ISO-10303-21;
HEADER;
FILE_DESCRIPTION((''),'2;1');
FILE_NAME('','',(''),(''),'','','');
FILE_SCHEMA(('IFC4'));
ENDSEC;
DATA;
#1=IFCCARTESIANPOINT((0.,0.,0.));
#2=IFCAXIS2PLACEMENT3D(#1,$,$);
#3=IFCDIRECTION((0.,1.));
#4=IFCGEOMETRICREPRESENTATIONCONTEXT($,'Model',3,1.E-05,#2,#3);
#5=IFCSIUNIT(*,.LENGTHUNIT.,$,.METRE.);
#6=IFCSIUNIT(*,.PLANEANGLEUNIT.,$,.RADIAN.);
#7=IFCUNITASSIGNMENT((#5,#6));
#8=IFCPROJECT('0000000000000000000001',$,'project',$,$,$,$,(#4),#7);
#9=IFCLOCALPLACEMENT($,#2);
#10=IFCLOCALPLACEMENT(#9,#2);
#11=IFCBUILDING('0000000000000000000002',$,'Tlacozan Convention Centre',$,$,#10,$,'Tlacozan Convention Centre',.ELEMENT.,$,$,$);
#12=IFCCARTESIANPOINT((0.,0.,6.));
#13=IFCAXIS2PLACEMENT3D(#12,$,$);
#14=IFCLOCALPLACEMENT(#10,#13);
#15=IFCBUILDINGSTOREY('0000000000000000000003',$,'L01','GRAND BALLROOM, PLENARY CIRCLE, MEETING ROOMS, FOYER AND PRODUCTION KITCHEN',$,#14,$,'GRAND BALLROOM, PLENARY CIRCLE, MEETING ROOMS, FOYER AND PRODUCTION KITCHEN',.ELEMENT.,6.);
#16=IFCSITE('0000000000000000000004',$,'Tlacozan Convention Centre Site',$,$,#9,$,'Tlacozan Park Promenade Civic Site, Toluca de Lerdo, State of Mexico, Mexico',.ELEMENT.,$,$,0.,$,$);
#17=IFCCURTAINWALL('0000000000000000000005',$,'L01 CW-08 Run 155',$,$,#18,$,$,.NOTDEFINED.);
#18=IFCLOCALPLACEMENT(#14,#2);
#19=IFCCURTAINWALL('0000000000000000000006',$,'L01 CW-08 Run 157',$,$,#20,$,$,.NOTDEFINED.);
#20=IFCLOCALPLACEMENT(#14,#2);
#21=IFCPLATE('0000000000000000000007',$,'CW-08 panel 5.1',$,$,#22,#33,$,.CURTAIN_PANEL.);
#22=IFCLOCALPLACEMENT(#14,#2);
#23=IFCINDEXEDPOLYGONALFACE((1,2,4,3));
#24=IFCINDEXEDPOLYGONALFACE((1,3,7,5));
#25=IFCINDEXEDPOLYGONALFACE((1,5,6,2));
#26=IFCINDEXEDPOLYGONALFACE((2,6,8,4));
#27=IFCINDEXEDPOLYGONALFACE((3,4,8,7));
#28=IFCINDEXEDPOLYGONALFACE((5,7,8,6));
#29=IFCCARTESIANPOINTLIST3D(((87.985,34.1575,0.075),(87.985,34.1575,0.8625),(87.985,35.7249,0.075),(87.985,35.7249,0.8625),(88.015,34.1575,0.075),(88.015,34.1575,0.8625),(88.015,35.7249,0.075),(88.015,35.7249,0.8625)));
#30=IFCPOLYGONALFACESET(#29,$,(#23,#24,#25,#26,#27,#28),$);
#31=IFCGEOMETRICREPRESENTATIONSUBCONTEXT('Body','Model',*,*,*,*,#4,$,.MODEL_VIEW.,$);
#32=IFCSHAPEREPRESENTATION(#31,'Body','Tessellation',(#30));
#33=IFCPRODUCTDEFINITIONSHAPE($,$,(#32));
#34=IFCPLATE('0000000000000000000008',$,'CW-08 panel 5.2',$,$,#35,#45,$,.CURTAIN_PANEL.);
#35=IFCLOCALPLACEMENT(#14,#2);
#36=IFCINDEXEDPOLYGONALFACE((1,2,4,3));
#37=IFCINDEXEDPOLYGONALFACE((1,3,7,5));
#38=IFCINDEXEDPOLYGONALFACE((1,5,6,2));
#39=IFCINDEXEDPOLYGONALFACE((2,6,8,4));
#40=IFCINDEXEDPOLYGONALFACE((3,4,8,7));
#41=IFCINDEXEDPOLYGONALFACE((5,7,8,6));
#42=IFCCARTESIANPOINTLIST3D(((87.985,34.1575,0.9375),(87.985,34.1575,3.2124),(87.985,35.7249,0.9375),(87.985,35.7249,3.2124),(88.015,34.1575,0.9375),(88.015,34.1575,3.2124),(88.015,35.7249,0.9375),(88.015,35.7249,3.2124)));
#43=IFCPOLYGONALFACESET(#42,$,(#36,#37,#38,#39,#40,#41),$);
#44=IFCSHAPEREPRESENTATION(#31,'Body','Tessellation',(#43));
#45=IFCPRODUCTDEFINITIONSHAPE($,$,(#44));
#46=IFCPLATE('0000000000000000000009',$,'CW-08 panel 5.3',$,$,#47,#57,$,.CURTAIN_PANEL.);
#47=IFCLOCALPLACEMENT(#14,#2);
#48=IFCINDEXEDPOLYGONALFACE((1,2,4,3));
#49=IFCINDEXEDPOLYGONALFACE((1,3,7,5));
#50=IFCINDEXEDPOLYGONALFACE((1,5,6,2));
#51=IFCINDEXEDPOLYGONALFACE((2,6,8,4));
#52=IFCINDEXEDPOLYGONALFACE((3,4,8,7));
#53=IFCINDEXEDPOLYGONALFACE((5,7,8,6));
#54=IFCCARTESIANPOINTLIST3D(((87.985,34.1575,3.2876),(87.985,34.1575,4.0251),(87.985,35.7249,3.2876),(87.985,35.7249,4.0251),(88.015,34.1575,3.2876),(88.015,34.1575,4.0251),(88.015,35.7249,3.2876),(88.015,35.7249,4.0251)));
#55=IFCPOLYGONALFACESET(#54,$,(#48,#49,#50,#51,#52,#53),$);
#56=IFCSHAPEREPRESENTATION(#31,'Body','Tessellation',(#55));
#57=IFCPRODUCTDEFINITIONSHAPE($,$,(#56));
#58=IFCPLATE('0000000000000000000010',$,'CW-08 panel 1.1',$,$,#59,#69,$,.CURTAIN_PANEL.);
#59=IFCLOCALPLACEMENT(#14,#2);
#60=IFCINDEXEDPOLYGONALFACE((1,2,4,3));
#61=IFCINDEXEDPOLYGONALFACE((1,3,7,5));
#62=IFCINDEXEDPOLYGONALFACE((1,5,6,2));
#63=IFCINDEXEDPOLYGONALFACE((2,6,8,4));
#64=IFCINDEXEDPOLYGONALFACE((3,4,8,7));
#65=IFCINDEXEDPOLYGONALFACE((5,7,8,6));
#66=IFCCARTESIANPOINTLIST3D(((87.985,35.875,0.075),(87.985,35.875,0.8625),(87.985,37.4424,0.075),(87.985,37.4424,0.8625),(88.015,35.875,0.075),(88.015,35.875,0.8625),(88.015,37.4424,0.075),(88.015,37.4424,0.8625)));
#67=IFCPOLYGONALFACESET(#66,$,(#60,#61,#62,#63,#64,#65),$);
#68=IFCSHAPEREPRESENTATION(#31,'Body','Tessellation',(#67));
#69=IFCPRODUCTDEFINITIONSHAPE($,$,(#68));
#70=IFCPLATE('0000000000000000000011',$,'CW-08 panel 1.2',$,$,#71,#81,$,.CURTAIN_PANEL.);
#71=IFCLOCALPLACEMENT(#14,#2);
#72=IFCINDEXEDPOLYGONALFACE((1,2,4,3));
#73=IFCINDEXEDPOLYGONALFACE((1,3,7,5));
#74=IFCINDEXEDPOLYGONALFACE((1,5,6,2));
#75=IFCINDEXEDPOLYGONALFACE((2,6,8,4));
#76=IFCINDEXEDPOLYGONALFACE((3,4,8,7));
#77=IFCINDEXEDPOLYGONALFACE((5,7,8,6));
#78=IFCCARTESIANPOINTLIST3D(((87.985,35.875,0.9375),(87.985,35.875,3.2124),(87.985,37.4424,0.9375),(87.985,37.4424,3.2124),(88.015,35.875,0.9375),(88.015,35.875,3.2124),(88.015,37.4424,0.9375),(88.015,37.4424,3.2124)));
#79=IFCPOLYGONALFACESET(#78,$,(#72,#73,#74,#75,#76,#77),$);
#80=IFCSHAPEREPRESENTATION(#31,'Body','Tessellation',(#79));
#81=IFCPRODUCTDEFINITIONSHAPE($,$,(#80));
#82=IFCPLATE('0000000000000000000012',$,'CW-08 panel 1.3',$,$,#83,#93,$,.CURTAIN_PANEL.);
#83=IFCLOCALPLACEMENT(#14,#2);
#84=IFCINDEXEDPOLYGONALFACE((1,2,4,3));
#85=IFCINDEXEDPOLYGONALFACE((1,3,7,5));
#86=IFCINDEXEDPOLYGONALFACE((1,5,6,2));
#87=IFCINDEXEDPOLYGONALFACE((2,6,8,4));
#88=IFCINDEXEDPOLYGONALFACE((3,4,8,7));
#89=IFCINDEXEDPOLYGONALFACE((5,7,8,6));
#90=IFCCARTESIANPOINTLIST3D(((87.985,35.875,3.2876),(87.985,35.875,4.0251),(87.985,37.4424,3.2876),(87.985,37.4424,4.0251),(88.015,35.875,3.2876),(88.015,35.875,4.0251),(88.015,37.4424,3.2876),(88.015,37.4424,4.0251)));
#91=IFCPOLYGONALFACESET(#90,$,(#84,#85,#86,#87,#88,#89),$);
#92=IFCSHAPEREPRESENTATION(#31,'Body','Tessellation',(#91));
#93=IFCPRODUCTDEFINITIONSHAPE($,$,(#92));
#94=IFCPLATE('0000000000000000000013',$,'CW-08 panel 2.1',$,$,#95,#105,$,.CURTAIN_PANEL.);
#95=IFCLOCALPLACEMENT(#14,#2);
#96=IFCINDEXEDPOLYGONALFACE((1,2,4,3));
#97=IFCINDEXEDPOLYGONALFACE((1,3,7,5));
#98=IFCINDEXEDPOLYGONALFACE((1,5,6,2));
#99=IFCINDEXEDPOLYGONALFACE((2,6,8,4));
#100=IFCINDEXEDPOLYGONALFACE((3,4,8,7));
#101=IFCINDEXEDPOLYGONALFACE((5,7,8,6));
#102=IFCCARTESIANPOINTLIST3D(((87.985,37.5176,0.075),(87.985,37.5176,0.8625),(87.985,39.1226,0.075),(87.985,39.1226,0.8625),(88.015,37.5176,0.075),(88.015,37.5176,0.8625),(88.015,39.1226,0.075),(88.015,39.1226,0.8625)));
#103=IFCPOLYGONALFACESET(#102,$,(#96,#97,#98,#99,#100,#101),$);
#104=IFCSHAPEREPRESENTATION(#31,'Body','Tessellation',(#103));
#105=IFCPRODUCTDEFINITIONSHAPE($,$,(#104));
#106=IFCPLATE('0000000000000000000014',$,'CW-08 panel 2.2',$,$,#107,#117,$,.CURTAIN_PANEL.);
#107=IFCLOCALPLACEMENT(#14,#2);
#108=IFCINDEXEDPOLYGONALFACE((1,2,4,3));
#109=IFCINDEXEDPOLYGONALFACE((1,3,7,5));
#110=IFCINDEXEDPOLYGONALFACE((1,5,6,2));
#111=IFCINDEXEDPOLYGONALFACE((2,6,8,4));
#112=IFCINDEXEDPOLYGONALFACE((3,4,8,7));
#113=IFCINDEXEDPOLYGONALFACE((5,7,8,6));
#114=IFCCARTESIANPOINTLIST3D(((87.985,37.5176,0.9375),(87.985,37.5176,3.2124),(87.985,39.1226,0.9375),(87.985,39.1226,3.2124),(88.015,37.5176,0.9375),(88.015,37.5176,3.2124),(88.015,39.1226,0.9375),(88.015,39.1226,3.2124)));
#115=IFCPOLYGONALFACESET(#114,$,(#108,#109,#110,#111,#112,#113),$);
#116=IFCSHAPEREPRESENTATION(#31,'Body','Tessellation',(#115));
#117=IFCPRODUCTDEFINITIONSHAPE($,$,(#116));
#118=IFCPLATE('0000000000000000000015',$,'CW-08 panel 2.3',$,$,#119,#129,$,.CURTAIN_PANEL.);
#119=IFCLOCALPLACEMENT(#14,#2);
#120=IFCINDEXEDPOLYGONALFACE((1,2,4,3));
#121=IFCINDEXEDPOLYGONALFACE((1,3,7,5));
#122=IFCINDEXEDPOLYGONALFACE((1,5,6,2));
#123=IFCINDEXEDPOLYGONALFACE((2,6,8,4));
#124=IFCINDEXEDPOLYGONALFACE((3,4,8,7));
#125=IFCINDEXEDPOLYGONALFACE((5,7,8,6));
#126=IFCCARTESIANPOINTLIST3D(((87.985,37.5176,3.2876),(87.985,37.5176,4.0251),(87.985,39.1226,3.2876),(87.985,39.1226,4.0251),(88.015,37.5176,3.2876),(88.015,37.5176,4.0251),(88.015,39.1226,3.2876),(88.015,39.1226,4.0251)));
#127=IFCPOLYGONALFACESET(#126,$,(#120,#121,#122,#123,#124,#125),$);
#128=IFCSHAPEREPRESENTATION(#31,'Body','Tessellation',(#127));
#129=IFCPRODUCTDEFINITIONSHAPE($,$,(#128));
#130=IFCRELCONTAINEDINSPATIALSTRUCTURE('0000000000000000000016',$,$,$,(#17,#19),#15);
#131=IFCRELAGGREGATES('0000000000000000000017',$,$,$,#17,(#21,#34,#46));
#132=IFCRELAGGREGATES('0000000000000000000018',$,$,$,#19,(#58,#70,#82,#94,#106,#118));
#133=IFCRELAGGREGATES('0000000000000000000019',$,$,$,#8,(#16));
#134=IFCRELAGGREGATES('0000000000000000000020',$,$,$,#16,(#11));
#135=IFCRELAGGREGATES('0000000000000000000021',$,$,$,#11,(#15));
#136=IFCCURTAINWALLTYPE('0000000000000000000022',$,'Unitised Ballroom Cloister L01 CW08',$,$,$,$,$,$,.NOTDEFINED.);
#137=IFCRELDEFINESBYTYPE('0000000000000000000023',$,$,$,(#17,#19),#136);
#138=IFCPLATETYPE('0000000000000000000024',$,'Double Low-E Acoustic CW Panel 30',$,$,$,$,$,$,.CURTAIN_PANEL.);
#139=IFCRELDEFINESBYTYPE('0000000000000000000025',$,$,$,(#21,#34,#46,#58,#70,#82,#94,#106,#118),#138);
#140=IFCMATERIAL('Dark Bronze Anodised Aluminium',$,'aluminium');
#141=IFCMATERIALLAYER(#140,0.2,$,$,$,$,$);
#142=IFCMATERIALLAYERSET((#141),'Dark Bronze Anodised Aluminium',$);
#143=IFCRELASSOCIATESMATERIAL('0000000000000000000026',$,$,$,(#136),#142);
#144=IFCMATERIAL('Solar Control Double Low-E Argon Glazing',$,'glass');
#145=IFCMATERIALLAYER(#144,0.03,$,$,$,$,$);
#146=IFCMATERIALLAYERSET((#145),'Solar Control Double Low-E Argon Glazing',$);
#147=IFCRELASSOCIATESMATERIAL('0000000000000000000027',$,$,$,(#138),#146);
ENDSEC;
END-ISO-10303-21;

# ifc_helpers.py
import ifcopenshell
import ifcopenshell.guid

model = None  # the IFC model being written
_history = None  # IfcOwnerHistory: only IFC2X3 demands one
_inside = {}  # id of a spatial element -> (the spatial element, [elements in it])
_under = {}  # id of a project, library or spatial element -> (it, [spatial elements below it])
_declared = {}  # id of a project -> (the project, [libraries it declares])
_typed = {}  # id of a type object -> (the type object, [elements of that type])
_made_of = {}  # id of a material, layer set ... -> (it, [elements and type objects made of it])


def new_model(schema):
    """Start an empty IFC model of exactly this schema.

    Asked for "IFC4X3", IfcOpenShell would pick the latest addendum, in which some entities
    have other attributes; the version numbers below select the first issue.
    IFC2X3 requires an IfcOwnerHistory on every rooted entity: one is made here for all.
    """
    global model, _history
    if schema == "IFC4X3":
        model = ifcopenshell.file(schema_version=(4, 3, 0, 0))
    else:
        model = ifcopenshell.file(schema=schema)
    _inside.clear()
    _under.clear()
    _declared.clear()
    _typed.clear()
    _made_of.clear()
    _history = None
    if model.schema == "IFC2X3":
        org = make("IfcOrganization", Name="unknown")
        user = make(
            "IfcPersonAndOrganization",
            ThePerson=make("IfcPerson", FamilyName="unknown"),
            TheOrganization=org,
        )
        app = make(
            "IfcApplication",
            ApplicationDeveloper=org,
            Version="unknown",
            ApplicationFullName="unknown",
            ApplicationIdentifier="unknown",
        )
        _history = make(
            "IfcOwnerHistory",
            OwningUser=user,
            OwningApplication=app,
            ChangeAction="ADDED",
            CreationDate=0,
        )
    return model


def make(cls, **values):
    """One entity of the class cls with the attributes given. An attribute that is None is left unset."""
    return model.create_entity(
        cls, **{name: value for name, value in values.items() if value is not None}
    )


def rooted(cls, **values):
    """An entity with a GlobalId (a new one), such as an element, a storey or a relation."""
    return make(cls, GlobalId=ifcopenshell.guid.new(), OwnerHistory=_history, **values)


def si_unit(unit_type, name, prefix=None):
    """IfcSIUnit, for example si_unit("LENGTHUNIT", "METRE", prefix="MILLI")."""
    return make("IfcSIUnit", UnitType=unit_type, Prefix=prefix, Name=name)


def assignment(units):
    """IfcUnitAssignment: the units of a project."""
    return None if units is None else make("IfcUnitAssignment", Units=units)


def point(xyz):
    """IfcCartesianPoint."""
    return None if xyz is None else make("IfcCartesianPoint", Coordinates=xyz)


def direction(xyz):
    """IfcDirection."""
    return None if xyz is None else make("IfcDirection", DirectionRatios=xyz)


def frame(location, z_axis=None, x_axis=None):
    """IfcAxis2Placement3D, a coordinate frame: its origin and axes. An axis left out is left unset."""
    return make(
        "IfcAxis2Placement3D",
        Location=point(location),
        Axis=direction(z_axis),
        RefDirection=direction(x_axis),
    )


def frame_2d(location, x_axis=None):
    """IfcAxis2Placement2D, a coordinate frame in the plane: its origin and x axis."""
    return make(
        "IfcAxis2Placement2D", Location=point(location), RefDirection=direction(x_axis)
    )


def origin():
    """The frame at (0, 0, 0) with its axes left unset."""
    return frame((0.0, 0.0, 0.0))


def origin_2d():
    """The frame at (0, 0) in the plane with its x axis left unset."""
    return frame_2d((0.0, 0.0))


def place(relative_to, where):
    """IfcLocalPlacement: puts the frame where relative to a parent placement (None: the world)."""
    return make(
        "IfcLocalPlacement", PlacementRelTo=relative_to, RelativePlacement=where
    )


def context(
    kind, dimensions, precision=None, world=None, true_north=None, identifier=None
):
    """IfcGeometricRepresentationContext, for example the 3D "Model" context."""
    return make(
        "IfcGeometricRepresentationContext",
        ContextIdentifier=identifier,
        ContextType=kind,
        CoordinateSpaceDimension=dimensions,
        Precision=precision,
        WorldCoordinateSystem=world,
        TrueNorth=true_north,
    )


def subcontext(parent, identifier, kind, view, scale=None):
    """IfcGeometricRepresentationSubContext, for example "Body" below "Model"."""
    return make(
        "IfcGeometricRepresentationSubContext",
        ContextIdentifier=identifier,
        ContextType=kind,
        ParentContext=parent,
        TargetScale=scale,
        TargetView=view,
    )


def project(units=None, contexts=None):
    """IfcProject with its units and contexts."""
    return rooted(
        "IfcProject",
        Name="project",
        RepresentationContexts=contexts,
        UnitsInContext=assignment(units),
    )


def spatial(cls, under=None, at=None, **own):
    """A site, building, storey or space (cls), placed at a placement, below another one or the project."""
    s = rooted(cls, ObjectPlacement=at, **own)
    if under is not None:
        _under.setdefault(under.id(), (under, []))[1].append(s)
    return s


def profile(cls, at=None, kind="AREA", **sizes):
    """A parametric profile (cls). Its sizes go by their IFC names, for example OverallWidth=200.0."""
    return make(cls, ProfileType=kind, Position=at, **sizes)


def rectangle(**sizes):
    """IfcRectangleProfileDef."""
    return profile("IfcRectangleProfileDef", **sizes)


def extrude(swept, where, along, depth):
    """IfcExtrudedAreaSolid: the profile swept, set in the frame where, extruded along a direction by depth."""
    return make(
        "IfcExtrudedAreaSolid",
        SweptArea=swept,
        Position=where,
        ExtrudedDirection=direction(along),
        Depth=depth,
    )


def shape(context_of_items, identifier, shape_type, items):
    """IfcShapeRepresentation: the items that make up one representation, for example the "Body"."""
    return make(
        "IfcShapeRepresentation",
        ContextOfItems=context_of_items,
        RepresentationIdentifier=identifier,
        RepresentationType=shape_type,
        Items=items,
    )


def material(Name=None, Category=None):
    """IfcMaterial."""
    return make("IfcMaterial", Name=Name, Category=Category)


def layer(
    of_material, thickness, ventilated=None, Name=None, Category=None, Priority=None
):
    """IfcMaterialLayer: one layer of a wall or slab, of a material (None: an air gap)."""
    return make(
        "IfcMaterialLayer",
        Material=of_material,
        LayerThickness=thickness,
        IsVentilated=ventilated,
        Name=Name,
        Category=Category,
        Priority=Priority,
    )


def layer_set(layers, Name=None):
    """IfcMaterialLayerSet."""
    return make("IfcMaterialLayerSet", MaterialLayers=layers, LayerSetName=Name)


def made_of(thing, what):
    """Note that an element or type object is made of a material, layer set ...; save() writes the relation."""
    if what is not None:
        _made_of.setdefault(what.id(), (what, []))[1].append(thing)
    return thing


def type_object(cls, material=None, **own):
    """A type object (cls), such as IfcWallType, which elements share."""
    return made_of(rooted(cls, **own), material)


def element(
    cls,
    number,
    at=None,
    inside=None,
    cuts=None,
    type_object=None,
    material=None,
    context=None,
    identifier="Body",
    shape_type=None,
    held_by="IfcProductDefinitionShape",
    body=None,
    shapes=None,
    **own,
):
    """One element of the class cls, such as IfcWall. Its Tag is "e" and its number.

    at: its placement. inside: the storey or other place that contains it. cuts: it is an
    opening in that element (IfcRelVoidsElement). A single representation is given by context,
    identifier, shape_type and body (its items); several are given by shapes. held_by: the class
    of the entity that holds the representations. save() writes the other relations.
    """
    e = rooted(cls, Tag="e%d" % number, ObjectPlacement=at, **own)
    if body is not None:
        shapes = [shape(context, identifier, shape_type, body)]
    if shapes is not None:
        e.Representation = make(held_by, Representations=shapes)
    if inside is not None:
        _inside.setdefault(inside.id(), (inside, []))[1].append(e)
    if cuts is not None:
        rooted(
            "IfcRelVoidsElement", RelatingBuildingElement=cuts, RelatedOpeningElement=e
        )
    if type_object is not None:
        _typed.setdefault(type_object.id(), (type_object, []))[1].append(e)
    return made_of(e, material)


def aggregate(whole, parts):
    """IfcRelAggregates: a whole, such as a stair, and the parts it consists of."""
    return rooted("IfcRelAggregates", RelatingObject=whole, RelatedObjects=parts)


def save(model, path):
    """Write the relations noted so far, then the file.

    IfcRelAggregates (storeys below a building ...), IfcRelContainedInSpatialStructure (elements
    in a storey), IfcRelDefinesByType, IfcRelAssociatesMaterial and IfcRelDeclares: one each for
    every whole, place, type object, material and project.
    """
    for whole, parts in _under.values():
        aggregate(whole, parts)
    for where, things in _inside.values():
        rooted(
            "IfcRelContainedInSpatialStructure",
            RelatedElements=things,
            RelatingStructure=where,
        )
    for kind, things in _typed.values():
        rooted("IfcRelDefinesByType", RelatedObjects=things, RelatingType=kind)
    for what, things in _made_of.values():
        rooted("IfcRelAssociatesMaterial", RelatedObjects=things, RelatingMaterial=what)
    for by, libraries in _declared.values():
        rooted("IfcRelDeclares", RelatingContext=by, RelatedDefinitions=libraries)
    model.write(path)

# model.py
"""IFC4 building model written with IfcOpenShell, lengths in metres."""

from ifc_helpers import new_model, si_unit, direction, frame, origin, origin_2d, place, context, subcontext, project, spatial, rectangle, extrude, material, layer, layer_set, type_object, element, aggregate, save


model = new_model("IFC4")

# Units and contexts
model_context = context("Model", 3, precision=1e-05, world=origin(), true_north=direction((0.0, 1.0)))
body_context = subcontext(model_context, "Body", "Model", "MODEL_VIEW")
ifc_project = project(units=[si_unit("LENGTHUNIT", "METRE"), si_unit("PLANEANGLEUNIT", "RADIAN")], contexts=[model_context])

# Site, building, storey
site_placement = place(None, origin())
site = spatial("IfcSite", under=ifc_project, at=site_placement, Name="Tlacozan Convention Centre Site", LongName="Tlacozan Park Promenade Civic Site, Toluca de Lerdo, State of Mexico, Mexico", CompositionType="ELEMENT", RefElevation=0.0)
building_placement = place(site_placement, origin())
building = spatial("IfcBuilding", under=site, at=building_placement, Name="Tlacozan Convention Centre", LongName="Tlacozan Convention Centre", CompositionType="ELEMENT")
storey_placement = place(building_placement, frame((0.0, 0.0, 6.0)))
storey = spatial("IfcBuildingStorey", under=building, at=storey_placement, Name="L01", Description="GRAND BALLROOM, PLENARY CIRCLE, MEETING ROOMS, FOYER AND PRODUCTION KITCHEN", LongName="GRAND BALLROOM, PLENARY CIRCLE, MEETING ROOMS, FOYER AND PRODUCTION KITCHEN", CompositionType="ELEMENT", Elevation=6.0)

# Curtain wall
ifc_material_1 = material(Name="Dark Bronze Anodised Aluminium", Category="aluminium")
ifc_layer_1 = layer(ifc_material_1, 0.2)
ifc_layer_set_1 = layer_set([ifc_layer_1], Name="Dark Bronze Anodised Aluminium")
curtain_wall_type = type_object("IfcCurtainWallType", Name="Unitised Ballroom Cloister L01 CW08", PredefinedType="NOTDEFINED", material=ifc_layer_set_1)
curtain_wall_1_placement = place(storey_placement, origin())
curtain_wall_1 = element("IfcCurtainWall", 1, at=curtain_wall_1_placement, inside=storey, type_object=curtain_wall_type, Name="L01 CW-08 Run 155", PredefinedType="NOTDEFINED")

# Curtain wall
curtain_wall_2_placement = place(storey_placement, origin())
curtain_wall_2 = element("IfcCurtainWall", 2, at=curtain_wall_2_placement, inside=storey, type_object=curtain_wall_type, Name="L01 CW-08 Run 157", PredefinedType="NOTDEFINED")

# Plates
ifc_material_2 = material(Name="Solar Control Double Low-E Argon Glazing", Category="glass")
ifc_layer_2 = layer(ifc_material_2, 0.03)
ifc_layer_set_2 = layer_set([ifc_layer_2], Name="Solar Control Double Low-E Argon Glazing")
plate_type = type_object("IfcPlateType", Name="Double Low-E Acoustic CW Panel 30", PredefinedType="CURTAIN_PANEL", material=ifc_layer_set_2)
plate_1_placement = place(storey_placement, frame((88.0, 34.9412, 0.075), z_axis=(0.0, 0.0, 1.0), x_axis=(0.0, 1.0, 0.0)))
plate_1 = element("IfcPlate", 3, at=plate_1_placement, type_object=plate_type, Name="CW-08 panel 5.1", PredefinedType="CURTAIN_PANEL", context=body_context, shape_type="SweptSolid", body=[
    extrude(rectangle(XDim=1.5674, YDim=0.03, at=origin_2d()), origin(), (0.0, 0.0, 1.0), 0.7876),
])
plate_2_placement = place(storey_placement, frame((88.0, 34.9412, 0.9375), z_axis=(0.0, 0.0, 1.0), x_axis=(0.0, 1.0, 0.0)))
plate_2 = element("IfcPlate", 4, at=plate_2_placement, type_object=plate_type, Name="CW-08 panel 5.2", PredefinedType="CURTAIN_PANEL", context=body_context, shape_type="SweptSolid", body=[
    extrude(rectangle(XDim=1.5674, YDim=0.03, at=origin_2d()), origin(), (0.0, 0.0, 1.0), 2.2749),
])
plate_3_placement = place(storey_placement, frame((88.0, 34.9412, 3.2876), z_axis=(0.0, 0.0, 1.0), x_axis=(0.0, 1.0, 0.0)))
plate_3 = element("IfcPlate", 5, at=plate_3_placement, type_object=plate_type, Name="CW-08 panel 5.3", PredefinedType="CURTAIN_PANEL", context=body_context, shape_type="SweptSolid", body=[
    extrude(rectangle(XDim=1.5674, YDim=0.03, at=origin_2d()), origin(), (0.0, 0.0, 1.0), 0.7375),
])
aggregate(curtain_wall_1, [plate_1, plate_2, plate_3])
plate_4_placement = place(storey_placement, frame((88.0, 36.6587, 0.075), z_axis=(0.0, 0.0, 1.0), x_axis=(0.0, 1.0, 0.0)))
plate_4 = element("IfcPlate", 6, at=plate_4_placement, type_object=plate_type, Name="CW-08 panel 1.1", PredefinedType="CURTAIN_PANEL", context=body_context, shape_type="SweptSolid", body=[
    extrude(rectangle(XDim=1.5674, YDim=0.03, at=origin_2d()), origin(), (0.0, 0.0, 1.0), 0.7876),
])
plate_5_placement = place(storey_placement, frame((88.0, 36.6587, 0.9375), z_axis=(0.0, 0.0, 1.0), x_axis=(0.0, 1.0, 0.0)))
plate_5 = element("IfcPlate", 7, at=plate_5_placement, type_object=plate_type, Name="CW-08 panel 1.2", PredefinedType="CURTAIN_PANEL", context=body_context, shape_type="SweptSolid", body=[
    extrude(rectangle(XDim=1.5674, YDim=0.03, at=origin_2d()), origin(), (0.0, 0.0, 1.0), 2.2749),
])
plate_6_placement = place(storey_placement, frame((88.0, 36.6587, 3.2876), z_axis=(0.0, 0.0, 1.0), x_axis=(0.0, 1.0, 0.0)))
plate_6 = element("IfcPlate", 8, at=plate_6_placement, type_object=plate_type, Name="CW-08 panel 1.3", PredefinedType="CURTAIN_PANEL", context=body_context, shape_type="SweptSolid", body=[
    extrude(rectangle(XDim=1.5674, YDim=0.03, at=origin_2d()), origin(), (0.0, 0.0, 1.0), 0.7375),
])
plate_7_placement = place(storey_placement, frame((88.0, 38.3201, 0.075), z_axis=(0.0, 0.0, 1.0), x_axis=(0.0, 1.0, 0.0)))
plate_7 = element("IfcPlate", 9, at=plate_7_placement, type_object=plate_type, Name="CW-08 panel 2.1", PredefinedType="CURTAIN_PANEL", context=body_context, shape_type="SweptSolid", body=[
    extrude(rectangle(XDim=1.605, YDim=0.03, at=origin_2d()), origin(), (0.0, 0.0, 1.0), 0.7876),
])
plate_8_placement = place(storey_placement, frame((88.0, 38.3201, 0.9375), z_axis=(0.0, 0.0, 1.0), x_axis=(0.0, 1.0, 0.0)))
plate_8 = element("IfcPlate", 10, at=plate_8_placement, type_object=plate_type, Name="CW-08 panel 2.2", PredefinedType="CURTAIN_PANEL", context=body_context, shape_type="SweptSolid", body=[
    extrude(rectangle(XDim=1.605, YDim=0.03, at=origin_2d()), origin(), (0.0, 0.0, 1.0), 2.2749),
])
plate_9_placement = place(storey_placement, frame((88.0, 38.3201, 3.2876), z_axis=(0.0, 0.0, 1.0), x_axis=(0.0, 1.0, 0.0)))
plate_9 = element("IfcPlate", 11, at=plate_9_placement, type_object=plate_type, Name="CW-08 panel 2.3", PredefinedType="CURTAIN_PANEL", context=body_context, shape_type="SweptSolid", body=[
    extrude(rectangle(XDim=1.605, YDim=0.03, at=origin_2d()), origin(), (0.0, 0.0, 1.0), 0.7375),
])
aggregate(curtain_wall_2, [plate_4, plate_5, plate_6, plate_7, plate_8, plate_9])

save(model, "model.ifc")
